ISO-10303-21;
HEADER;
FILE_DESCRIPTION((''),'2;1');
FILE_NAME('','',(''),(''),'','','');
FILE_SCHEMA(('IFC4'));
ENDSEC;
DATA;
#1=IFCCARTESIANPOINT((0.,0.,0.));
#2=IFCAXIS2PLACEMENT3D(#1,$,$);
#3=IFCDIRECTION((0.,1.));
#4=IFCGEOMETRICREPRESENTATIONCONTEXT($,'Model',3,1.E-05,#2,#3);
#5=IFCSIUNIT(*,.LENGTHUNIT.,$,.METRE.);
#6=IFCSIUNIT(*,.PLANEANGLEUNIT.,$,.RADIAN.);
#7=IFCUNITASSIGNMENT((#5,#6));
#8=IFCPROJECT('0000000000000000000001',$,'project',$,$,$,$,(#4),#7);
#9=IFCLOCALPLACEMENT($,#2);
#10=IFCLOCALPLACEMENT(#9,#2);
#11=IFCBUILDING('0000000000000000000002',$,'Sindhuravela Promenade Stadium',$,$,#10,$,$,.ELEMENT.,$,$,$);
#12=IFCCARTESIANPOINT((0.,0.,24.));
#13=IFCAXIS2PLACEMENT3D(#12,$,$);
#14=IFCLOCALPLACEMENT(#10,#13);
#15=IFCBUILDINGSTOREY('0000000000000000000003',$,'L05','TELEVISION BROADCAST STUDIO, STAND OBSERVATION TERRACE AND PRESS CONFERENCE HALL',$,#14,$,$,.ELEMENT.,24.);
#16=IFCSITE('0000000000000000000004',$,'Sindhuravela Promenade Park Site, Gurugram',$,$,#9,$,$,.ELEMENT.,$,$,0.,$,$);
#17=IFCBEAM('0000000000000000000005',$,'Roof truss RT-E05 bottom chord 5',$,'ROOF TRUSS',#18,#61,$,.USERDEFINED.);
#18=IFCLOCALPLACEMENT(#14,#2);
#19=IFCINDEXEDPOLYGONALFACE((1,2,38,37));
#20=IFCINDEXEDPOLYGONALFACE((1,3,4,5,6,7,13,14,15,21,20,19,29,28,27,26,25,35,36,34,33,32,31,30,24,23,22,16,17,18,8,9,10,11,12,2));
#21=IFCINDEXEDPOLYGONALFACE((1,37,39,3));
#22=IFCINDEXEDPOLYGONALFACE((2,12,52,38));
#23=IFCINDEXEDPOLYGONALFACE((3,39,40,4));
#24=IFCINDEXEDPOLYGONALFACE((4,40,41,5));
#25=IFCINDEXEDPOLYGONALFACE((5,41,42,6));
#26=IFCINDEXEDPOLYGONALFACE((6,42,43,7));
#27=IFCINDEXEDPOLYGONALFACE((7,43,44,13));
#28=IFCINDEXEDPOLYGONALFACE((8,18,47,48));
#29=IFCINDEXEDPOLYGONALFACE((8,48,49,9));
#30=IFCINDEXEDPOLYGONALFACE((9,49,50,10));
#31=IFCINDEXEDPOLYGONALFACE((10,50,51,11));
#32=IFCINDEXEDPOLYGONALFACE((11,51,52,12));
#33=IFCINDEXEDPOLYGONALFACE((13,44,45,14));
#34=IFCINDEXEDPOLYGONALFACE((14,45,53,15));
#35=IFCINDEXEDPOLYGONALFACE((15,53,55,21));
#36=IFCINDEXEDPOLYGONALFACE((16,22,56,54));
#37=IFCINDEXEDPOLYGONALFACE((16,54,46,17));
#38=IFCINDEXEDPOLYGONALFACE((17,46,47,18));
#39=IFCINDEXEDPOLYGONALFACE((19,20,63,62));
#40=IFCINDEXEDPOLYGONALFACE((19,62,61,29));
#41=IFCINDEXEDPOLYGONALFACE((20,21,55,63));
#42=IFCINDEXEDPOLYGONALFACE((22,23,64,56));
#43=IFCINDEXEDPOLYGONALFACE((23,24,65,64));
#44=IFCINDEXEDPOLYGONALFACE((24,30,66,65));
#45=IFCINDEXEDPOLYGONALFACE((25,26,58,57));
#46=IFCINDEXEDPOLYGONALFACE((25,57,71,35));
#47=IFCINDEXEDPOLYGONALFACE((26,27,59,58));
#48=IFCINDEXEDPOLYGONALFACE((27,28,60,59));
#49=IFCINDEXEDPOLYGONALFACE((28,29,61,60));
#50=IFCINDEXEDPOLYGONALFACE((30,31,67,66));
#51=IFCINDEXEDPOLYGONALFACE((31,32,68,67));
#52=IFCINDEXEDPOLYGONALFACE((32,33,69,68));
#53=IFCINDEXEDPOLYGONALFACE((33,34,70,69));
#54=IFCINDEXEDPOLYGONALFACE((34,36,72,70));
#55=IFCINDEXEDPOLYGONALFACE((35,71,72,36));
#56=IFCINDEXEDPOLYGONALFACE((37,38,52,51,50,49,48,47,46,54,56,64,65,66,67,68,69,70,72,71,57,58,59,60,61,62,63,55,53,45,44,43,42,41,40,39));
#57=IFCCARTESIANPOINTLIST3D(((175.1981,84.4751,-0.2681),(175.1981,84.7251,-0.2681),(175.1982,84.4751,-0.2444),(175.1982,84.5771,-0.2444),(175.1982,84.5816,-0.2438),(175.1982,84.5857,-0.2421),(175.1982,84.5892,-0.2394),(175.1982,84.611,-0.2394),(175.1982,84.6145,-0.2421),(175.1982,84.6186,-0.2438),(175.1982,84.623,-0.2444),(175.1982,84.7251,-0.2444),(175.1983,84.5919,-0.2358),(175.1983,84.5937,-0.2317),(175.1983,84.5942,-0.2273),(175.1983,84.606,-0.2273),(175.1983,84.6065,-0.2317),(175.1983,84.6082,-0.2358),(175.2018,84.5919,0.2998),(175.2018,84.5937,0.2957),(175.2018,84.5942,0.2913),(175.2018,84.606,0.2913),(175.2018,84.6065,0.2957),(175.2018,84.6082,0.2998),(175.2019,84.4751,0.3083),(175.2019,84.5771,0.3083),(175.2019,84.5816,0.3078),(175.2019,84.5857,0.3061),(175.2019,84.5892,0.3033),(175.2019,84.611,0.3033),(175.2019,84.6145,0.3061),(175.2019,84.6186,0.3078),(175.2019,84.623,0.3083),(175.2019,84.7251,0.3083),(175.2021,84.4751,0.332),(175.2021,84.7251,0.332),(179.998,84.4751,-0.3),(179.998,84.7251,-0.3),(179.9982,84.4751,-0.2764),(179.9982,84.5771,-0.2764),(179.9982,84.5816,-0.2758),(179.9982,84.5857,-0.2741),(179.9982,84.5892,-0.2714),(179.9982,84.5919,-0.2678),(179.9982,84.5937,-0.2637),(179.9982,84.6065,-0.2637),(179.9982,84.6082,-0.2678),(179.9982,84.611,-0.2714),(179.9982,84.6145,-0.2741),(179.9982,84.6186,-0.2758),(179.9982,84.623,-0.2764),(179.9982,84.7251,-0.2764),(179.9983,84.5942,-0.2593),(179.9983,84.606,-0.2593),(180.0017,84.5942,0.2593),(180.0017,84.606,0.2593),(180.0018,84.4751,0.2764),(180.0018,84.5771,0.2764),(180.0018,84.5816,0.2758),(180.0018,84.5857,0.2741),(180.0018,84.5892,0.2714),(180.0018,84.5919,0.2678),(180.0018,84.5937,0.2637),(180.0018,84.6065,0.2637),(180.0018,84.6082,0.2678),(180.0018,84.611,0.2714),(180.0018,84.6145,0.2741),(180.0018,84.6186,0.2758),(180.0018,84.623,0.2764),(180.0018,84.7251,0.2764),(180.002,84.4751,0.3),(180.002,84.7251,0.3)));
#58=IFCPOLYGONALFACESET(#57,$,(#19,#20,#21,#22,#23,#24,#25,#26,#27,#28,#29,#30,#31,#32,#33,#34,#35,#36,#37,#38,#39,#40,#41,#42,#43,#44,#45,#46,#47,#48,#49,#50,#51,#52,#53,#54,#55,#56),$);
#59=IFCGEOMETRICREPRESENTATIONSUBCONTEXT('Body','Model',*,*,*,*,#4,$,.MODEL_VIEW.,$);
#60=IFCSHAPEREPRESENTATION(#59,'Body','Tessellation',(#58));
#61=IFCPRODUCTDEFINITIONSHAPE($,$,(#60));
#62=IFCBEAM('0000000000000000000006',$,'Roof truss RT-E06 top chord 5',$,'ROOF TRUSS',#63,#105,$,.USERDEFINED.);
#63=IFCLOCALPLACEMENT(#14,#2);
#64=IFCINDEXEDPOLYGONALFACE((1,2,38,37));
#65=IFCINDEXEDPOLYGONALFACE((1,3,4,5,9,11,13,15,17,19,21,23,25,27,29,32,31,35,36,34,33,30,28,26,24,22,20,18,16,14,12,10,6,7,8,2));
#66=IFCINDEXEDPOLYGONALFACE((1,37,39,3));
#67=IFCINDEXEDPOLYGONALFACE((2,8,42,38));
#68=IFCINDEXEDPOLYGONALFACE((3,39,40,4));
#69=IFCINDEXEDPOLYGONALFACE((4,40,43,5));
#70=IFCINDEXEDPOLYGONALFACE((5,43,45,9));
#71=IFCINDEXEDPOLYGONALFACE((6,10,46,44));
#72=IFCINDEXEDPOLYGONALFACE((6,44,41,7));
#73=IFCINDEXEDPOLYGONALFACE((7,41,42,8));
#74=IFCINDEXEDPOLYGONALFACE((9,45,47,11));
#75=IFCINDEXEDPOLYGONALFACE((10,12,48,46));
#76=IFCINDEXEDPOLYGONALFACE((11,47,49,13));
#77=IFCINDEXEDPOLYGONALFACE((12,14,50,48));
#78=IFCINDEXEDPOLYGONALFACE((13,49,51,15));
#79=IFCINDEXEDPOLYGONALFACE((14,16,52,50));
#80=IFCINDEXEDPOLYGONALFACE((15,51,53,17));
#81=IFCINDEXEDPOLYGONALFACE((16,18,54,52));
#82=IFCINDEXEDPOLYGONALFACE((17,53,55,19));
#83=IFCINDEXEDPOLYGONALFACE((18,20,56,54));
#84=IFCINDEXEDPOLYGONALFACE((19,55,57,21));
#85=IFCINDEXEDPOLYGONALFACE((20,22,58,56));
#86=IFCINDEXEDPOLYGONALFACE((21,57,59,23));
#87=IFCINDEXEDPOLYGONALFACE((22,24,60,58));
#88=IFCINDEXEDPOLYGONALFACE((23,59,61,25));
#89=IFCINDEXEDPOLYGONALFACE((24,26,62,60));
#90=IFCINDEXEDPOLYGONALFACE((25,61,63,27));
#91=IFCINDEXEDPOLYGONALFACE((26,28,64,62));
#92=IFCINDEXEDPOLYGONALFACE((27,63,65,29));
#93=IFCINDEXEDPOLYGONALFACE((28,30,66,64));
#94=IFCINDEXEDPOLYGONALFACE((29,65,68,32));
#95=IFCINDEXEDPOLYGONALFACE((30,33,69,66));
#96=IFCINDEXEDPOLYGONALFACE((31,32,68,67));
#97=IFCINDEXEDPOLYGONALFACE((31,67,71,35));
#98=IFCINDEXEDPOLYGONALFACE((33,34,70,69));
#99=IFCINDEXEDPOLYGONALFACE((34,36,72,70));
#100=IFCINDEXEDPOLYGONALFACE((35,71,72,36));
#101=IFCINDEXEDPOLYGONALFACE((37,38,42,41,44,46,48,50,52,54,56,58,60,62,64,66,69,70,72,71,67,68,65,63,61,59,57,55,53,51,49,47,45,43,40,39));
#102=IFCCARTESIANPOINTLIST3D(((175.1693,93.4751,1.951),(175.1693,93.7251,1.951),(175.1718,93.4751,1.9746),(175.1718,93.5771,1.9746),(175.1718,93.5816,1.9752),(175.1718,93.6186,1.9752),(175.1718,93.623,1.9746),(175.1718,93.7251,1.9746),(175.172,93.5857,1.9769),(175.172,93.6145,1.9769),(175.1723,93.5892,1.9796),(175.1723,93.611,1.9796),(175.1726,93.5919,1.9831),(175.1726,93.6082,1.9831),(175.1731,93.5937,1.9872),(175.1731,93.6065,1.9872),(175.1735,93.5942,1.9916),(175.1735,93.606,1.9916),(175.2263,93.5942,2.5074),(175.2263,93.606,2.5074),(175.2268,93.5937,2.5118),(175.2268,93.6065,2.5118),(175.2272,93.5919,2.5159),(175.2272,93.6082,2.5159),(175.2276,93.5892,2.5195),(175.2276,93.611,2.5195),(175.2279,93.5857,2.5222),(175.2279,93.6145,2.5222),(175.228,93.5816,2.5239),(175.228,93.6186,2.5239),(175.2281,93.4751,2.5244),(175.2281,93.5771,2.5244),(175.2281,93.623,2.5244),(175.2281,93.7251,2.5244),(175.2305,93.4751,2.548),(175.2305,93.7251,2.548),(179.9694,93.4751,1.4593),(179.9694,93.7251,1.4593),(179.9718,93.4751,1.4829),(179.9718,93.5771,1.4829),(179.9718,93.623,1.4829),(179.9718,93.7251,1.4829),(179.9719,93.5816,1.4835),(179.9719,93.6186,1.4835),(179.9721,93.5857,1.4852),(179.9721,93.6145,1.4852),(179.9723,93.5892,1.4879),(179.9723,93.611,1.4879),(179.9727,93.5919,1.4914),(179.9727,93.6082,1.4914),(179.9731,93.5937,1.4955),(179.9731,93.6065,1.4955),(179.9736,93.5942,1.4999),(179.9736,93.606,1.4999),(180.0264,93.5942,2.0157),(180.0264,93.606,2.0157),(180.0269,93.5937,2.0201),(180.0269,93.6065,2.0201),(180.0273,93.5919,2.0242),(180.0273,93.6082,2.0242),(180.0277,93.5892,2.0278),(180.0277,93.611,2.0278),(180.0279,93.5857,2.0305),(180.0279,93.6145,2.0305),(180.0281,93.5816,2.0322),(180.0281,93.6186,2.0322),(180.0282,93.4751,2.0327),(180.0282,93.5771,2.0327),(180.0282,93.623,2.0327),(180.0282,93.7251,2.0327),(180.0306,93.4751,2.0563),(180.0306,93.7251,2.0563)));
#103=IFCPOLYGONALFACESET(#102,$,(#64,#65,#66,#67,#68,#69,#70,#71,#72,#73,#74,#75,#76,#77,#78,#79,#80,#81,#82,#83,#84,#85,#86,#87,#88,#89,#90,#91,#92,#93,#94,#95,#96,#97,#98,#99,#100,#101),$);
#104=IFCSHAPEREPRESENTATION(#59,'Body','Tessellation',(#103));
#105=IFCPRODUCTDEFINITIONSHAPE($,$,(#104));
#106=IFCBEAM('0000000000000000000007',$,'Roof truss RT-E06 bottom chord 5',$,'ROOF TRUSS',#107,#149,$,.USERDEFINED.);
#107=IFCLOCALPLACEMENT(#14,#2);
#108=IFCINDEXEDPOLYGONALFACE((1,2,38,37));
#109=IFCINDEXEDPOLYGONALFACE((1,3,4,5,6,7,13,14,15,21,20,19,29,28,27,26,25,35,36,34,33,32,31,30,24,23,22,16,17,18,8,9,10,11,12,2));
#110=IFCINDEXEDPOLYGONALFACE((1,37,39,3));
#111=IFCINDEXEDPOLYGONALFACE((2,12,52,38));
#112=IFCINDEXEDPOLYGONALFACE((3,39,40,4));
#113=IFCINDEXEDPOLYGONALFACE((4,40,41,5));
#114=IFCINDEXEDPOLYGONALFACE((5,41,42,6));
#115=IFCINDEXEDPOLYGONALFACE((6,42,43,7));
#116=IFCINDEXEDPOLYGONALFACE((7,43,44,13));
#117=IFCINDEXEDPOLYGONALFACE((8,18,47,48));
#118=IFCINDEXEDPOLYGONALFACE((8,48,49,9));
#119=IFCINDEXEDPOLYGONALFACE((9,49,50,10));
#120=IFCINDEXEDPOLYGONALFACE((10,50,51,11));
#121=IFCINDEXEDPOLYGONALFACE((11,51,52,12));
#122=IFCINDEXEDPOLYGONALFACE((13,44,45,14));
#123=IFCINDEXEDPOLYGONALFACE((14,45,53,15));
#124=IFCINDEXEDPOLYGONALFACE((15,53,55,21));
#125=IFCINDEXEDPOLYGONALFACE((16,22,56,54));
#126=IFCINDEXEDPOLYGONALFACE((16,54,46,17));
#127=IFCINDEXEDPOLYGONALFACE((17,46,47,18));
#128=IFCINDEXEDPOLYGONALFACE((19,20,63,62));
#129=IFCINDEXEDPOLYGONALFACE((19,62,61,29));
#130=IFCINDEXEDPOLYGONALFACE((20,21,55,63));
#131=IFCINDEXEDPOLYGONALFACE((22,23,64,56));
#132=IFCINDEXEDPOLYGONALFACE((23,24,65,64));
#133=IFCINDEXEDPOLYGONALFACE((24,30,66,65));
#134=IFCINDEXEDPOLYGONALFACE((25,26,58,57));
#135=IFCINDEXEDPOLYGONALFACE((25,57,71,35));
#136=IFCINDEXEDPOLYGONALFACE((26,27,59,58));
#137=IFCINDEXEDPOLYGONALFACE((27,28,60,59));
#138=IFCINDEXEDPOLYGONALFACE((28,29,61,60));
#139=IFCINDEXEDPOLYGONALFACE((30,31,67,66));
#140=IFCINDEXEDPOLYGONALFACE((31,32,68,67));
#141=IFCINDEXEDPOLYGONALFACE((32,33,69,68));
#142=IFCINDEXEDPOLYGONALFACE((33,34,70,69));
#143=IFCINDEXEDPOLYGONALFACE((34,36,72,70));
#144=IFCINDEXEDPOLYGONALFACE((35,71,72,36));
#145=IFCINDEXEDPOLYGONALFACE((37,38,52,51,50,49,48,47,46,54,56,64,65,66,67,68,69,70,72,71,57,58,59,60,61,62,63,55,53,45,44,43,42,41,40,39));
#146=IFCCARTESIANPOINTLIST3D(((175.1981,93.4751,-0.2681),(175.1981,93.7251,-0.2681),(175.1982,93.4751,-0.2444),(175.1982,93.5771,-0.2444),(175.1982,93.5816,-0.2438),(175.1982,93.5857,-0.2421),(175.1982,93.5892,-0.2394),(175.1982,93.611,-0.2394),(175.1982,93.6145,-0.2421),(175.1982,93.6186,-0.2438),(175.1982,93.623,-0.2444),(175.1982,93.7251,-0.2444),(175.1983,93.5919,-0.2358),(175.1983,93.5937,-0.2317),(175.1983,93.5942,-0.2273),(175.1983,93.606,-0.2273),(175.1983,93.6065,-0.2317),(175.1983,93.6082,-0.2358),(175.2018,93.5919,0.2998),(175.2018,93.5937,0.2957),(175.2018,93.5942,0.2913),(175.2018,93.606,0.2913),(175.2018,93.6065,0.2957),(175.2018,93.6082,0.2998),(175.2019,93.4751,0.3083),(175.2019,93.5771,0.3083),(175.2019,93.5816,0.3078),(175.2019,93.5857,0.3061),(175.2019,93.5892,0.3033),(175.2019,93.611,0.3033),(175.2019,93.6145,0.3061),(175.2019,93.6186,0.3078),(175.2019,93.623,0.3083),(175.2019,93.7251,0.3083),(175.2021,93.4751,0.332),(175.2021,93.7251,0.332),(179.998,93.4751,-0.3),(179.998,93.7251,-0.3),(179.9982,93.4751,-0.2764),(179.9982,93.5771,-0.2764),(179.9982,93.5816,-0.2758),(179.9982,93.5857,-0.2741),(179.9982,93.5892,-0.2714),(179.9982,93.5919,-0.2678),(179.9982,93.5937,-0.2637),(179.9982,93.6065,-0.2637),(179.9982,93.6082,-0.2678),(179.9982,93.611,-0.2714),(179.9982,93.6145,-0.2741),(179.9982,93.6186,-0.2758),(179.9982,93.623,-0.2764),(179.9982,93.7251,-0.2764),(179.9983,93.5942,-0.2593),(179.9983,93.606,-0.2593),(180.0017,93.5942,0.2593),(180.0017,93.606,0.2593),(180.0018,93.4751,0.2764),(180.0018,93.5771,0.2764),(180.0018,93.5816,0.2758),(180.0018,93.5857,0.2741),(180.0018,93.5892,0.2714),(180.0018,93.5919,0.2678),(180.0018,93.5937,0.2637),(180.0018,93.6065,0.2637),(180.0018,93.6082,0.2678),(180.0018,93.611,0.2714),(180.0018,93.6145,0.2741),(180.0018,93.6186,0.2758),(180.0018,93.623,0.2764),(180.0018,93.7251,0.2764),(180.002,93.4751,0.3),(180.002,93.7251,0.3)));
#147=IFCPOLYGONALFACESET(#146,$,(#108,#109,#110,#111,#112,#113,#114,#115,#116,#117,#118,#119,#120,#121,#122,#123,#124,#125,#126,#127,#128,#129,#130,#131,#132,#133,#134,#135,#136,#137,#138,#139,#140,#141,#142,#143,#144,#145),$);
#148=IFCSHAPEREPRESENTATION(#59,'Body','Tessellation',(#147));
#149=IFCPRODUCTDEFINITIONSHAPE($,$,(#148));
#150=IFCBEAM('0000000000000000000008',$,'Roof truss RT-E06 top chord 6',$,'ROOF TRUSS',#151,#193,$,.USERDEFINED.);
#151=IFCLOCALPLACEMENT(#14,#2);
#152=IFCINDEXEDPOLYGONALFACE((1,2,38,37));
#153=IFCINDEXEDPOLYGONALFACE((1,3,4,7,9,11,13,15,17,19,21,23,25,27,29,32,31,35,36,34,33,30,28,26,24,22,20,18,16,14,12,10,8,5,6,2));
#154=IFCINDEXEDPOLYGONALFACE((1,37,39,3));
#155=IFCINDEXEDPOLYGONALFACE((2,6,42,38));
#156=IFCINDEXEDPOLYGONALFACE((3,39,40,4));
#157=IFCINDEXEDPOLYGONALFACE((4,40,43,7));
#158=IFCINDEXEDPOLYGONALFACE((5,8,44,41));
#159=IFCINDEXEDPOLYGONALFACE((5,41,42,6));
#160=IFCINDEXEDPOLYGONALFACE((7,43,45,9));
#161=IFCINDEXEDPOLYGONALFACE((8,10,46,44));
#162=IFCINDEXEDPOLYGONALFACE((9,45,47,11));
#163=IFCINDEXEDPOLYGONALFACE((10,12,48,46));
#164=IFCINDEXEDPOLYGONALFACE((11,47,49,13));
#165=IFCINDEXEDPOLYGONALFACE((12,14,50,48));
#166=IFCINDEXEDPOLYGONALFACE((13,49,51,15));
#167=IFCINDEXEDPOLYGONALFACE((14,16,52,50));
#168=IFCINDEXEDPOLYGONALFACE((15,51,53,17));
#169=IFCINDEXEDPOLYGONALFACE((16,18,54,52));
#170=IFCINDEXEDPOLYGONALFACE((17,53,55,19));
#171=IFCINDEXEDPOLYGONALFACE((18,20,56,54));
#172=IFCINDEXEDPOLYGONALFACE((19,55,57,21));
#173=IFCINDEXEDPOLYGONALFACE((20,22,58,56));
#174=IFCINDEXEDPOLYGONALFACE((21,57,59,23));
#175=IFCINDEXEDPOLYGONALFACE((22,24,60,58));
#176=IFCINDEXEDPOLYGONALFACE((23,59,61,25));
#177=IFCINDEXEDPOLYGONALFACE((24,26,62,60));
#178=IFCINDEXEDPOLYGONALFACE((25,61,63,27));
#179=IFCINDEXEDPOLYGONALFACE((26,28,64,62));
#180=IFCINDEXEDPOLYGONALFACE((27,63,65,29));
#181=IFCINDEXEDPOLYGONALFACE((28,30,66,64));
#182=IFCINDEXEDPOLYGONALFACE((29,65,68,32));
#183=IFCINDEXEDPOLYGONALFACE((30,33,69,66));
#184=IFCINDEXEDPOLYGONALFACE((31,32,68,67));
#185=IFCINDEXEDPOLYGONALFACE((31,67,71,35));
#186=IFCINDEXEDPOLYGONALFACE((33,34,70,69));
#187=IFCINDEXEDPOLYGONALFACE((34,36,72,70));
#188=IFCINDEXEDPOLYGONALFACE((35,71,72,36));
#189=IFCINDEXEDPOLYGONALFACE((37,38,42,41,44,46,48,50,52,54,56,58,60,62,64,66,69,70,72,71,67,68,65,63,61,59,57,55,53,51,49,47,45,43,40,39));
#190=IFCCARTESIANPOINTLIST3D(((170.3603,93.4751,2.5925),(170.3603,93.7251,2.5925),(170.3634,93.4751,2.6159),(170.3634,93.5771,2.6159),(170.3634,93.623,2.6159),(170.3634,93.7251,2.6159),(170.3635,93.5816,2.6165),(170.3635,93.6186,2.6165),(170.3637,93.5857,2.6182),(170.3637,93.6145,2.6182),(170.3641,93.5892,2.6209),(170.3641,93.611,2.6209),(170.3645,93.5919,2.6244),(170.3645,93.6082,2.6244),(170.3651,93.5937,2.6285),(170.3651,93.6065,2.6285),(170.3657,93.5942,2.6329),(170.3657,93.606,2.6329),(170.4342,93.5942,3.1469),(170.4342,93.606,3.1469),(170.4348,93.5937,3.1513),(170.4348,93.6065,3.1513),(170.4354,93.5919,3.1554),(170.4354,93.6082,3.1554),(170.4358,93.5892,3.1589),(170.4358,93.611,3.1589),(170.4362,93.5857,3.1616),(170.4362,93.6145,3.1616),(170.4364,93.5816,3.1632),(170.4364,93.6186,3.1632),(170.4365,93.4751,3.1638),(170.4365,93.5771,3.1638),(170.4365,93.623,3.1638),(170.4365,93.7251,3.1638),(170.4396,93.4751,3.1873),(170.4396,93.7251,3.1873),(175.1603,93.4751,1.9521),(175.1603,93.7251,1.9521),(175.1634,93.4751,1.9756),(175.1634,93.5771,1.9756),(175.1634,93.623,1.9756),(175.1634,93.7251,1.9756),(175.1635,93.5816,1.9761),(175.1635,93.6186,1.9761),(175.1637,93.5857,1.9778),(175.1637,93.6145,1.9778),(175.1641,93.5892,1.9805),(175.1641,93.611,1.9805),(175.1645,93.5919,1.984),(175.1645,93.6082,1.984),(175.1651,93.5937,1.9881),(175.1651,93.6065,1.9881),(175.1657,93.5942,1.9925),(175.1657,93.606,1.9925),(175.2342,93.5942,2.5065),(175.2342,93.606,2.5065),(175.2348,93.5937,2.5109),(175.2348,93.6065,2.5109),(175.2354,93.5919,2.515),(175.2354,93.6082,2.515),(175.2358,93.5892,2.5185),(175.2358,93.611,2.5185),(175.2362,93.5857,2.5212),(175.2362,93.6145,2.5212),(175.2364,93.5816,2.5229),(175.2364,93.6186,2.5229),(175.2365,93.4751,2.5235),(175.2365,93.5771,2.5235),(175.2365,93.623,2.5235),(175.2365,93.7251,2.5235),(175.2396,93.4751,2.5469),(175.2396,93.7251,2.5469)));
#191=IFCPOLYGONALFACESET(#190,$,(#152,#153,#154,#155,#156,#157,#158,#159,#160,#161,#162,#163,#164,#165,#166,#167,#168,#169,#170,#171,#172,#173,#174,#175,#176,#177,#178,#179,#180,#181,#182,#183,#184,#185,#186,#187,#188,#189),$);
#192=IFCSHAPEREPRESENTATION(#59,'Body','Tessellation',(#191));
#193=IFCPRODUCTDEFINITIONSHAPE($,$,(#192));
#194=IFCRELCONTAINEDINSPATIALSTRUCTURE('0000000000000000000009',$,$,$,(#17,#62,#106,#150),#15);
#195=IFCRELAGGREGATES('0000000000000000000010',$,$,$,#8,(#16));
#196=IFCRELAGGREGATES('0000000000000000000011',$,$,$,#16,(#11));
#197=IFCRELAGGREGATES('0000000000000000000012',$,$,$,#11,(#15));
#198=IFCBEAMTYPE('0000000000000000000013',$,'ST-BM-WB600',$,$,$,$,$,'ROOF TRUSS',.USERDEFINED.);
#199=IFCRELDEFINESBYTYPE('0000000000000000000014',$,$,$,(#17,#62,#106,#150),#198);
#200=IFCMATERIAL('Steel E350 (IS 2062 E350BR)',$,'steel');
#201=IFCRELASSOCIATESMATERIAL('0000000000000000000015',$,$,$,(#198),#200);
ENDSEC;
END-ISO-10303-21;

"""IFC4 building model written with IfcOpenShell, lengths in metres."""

from ifc_helpers import new_model, si_unit, direction, frame, origin, origin_2d, place, context, subcontext, project, spatial, i_section, extrude, material, material_profile, profile_set, type_object, element, save


model = new_model("IFC4")

# Units and contexts
model_context = context("Model", 3, precision=1e-05, world=origin(), true_north=direction((0.0, 1.0)))
body_context = subcontext(model_context, "Body", "Model", "MODEL_VIEW")
ifc_project = project(units=[si_unit("LENGTHUNIT", "METRE"), si_unit("PLANEANGLEUNIT", "RADIAN")], contexts=[model_context])

# Site, building, storey
site_placement = place(None, origin())
site = spatial("IfcSite", under=ifc_project, at=site_placement, Name="Sindhuravela Promenade Park Site, Gurugram", CompositionType="ELEMENT", RefElevation=0.0)
building_placement = place(site_placement, origin())
building = spatial("IfcBuilding", under=site, at=building_placement, Name="Sindhuravela Promenade Stadium", CompositionType="ELEMENT")
storey_placement = place(building_placement, frame((0.0, 0.0, 24.0)))
storey = spatial("IfcBuildingStorey", under=building, at=storey_placement, Name="L05", Description="TELEVISION BROADCAST STUDIO, STAND OBSERVATION TERRACE AND PRESS CONFERENCE HALL", CompositionType="ELEMENT", Elevation=24.0)

# Beams
ifc_material_1 = material(Name="Steel E350 (IS 2062 E350BR)", Category="steel")
ifc_material_profile_1 = material_profile(ifc_material_1, i_section(OverallWidth=0.25, OverallDepth=0.6001, WebThickness=0.0117, FlangeThickness=0.0237, FilletRadius=0.0171, at=origin_2d()), Name="ISWB 600")
ifc_profile_set_1 = profile_set([ifc_material_profile_1], Name="Steel E350 (IS 2062 E350BR)")
beam_type_1 = type_object("IfcBeamType", Name="ST-BM-WB600", ElementType="ROOF TRUSS", PredefinedType="USERDEFINED", material=ifc_profile_set_1)
beam_1_placement = place(storey_placement, frame((180.0, 84.6001, 0.0), z_axis=(-0.999978, 0.0, 0.006663), x_axis=(0.0, -1.0, 0.0)))
element("IfcBeam", 1, at=beam_1_placement, inside=storey, type_object=beam_type_1, Name="Roof truss RT-E05 bottom chord 5", ObjectType="ROOF TRUSS", PredefinedType="USERDEFINED", context=body_context, shape_type="SweptSolid", body=[
    extrude(i_section(OverallWidth=0.25, OverallDepth=0.6001, WebThickness=0.0117, FlangeThickness=0.0237, FilletRadius=0.0171, at=origin_2d()), origin(), (0.0, 0.0, 1.0), 4.8),
])
beam_2_placement = place(storey_placement, frame((180.0, 93.6001, 1.7578), z_axis=(-0.994794, 0.0, 0.101903), x_axis=(0.0, -1.0, 0.0)))
element("IfcBeam", 2, at=beam_2_placement, inside=storey, type_object=beam_type_1, Name="Roof truss RT-E06 top chord 5", ObjectType="ROOF TRUSS", PredefinedType="USERDEFINED", context=body_context, shape_type="SweptSolid", body=[
    extrude(i_section(OverallWidth=0.25, OverallDepth=0.6001, WebThickness=0.0117, FlangeThickness=0.0237, FilletRadius=0.0171, at=origin_2d()), origin(), (0.0, 0.0, 1.0), 4.8252),
])
beam_3_placement = place(storey_placement, frame((180.0, 93.6001, 0.0), z_axis=(-0.999978, 0.0, 0.006663), x_axis=(0.0, -1.0, 0.0)))
element("IfcBeam", 3, at=beam_3_placement, inside=storey, type_object=beam_type_1, Name="Roof truss RT-E06 bottom chord 5", ObjectType="ROOF TRUSS", PredefinedType="USERDEFINED", context=body_context, shape_type="SweptSolid", body=[
    extrude(i_section(OverallWidth=0.25, OverallDepth=0.6001, WebThickness=0.0117, FlangeThickness=0.0237, FilletRadius=0.0171, at=origin_2d()), origin(), (0.0, 0.0, 1.0), 4.8),
])
beam_4_placement = place(storey_placement, frame((175.2, 93.6001, 2.2495), z_axis=(-0.991218, 0.0, 0.13224), x_axis=(0.0, -1.0, 0.0)))
element("IfcBeam", 4, at=beam_4_placement, inside=storey, type_object=beam_type_1, Name="Roof truss RT-E06 top chord 6", ObjectType="ROOF TRUSS", PredefinedType="USERDEFINED", context=body_context, shape_type="SweptSolid", body=[
    extrude(i_section(OverallWidth=0.25, OverallDepth=0.6001, WebThickness=0.0117, FlangeThickness=0.0237, FilletRadius=0.0171, at=origin_2d()), origin(), (0.0, 0.0, 1.0), 4.8425),
])

save(model, "model.ifc")
